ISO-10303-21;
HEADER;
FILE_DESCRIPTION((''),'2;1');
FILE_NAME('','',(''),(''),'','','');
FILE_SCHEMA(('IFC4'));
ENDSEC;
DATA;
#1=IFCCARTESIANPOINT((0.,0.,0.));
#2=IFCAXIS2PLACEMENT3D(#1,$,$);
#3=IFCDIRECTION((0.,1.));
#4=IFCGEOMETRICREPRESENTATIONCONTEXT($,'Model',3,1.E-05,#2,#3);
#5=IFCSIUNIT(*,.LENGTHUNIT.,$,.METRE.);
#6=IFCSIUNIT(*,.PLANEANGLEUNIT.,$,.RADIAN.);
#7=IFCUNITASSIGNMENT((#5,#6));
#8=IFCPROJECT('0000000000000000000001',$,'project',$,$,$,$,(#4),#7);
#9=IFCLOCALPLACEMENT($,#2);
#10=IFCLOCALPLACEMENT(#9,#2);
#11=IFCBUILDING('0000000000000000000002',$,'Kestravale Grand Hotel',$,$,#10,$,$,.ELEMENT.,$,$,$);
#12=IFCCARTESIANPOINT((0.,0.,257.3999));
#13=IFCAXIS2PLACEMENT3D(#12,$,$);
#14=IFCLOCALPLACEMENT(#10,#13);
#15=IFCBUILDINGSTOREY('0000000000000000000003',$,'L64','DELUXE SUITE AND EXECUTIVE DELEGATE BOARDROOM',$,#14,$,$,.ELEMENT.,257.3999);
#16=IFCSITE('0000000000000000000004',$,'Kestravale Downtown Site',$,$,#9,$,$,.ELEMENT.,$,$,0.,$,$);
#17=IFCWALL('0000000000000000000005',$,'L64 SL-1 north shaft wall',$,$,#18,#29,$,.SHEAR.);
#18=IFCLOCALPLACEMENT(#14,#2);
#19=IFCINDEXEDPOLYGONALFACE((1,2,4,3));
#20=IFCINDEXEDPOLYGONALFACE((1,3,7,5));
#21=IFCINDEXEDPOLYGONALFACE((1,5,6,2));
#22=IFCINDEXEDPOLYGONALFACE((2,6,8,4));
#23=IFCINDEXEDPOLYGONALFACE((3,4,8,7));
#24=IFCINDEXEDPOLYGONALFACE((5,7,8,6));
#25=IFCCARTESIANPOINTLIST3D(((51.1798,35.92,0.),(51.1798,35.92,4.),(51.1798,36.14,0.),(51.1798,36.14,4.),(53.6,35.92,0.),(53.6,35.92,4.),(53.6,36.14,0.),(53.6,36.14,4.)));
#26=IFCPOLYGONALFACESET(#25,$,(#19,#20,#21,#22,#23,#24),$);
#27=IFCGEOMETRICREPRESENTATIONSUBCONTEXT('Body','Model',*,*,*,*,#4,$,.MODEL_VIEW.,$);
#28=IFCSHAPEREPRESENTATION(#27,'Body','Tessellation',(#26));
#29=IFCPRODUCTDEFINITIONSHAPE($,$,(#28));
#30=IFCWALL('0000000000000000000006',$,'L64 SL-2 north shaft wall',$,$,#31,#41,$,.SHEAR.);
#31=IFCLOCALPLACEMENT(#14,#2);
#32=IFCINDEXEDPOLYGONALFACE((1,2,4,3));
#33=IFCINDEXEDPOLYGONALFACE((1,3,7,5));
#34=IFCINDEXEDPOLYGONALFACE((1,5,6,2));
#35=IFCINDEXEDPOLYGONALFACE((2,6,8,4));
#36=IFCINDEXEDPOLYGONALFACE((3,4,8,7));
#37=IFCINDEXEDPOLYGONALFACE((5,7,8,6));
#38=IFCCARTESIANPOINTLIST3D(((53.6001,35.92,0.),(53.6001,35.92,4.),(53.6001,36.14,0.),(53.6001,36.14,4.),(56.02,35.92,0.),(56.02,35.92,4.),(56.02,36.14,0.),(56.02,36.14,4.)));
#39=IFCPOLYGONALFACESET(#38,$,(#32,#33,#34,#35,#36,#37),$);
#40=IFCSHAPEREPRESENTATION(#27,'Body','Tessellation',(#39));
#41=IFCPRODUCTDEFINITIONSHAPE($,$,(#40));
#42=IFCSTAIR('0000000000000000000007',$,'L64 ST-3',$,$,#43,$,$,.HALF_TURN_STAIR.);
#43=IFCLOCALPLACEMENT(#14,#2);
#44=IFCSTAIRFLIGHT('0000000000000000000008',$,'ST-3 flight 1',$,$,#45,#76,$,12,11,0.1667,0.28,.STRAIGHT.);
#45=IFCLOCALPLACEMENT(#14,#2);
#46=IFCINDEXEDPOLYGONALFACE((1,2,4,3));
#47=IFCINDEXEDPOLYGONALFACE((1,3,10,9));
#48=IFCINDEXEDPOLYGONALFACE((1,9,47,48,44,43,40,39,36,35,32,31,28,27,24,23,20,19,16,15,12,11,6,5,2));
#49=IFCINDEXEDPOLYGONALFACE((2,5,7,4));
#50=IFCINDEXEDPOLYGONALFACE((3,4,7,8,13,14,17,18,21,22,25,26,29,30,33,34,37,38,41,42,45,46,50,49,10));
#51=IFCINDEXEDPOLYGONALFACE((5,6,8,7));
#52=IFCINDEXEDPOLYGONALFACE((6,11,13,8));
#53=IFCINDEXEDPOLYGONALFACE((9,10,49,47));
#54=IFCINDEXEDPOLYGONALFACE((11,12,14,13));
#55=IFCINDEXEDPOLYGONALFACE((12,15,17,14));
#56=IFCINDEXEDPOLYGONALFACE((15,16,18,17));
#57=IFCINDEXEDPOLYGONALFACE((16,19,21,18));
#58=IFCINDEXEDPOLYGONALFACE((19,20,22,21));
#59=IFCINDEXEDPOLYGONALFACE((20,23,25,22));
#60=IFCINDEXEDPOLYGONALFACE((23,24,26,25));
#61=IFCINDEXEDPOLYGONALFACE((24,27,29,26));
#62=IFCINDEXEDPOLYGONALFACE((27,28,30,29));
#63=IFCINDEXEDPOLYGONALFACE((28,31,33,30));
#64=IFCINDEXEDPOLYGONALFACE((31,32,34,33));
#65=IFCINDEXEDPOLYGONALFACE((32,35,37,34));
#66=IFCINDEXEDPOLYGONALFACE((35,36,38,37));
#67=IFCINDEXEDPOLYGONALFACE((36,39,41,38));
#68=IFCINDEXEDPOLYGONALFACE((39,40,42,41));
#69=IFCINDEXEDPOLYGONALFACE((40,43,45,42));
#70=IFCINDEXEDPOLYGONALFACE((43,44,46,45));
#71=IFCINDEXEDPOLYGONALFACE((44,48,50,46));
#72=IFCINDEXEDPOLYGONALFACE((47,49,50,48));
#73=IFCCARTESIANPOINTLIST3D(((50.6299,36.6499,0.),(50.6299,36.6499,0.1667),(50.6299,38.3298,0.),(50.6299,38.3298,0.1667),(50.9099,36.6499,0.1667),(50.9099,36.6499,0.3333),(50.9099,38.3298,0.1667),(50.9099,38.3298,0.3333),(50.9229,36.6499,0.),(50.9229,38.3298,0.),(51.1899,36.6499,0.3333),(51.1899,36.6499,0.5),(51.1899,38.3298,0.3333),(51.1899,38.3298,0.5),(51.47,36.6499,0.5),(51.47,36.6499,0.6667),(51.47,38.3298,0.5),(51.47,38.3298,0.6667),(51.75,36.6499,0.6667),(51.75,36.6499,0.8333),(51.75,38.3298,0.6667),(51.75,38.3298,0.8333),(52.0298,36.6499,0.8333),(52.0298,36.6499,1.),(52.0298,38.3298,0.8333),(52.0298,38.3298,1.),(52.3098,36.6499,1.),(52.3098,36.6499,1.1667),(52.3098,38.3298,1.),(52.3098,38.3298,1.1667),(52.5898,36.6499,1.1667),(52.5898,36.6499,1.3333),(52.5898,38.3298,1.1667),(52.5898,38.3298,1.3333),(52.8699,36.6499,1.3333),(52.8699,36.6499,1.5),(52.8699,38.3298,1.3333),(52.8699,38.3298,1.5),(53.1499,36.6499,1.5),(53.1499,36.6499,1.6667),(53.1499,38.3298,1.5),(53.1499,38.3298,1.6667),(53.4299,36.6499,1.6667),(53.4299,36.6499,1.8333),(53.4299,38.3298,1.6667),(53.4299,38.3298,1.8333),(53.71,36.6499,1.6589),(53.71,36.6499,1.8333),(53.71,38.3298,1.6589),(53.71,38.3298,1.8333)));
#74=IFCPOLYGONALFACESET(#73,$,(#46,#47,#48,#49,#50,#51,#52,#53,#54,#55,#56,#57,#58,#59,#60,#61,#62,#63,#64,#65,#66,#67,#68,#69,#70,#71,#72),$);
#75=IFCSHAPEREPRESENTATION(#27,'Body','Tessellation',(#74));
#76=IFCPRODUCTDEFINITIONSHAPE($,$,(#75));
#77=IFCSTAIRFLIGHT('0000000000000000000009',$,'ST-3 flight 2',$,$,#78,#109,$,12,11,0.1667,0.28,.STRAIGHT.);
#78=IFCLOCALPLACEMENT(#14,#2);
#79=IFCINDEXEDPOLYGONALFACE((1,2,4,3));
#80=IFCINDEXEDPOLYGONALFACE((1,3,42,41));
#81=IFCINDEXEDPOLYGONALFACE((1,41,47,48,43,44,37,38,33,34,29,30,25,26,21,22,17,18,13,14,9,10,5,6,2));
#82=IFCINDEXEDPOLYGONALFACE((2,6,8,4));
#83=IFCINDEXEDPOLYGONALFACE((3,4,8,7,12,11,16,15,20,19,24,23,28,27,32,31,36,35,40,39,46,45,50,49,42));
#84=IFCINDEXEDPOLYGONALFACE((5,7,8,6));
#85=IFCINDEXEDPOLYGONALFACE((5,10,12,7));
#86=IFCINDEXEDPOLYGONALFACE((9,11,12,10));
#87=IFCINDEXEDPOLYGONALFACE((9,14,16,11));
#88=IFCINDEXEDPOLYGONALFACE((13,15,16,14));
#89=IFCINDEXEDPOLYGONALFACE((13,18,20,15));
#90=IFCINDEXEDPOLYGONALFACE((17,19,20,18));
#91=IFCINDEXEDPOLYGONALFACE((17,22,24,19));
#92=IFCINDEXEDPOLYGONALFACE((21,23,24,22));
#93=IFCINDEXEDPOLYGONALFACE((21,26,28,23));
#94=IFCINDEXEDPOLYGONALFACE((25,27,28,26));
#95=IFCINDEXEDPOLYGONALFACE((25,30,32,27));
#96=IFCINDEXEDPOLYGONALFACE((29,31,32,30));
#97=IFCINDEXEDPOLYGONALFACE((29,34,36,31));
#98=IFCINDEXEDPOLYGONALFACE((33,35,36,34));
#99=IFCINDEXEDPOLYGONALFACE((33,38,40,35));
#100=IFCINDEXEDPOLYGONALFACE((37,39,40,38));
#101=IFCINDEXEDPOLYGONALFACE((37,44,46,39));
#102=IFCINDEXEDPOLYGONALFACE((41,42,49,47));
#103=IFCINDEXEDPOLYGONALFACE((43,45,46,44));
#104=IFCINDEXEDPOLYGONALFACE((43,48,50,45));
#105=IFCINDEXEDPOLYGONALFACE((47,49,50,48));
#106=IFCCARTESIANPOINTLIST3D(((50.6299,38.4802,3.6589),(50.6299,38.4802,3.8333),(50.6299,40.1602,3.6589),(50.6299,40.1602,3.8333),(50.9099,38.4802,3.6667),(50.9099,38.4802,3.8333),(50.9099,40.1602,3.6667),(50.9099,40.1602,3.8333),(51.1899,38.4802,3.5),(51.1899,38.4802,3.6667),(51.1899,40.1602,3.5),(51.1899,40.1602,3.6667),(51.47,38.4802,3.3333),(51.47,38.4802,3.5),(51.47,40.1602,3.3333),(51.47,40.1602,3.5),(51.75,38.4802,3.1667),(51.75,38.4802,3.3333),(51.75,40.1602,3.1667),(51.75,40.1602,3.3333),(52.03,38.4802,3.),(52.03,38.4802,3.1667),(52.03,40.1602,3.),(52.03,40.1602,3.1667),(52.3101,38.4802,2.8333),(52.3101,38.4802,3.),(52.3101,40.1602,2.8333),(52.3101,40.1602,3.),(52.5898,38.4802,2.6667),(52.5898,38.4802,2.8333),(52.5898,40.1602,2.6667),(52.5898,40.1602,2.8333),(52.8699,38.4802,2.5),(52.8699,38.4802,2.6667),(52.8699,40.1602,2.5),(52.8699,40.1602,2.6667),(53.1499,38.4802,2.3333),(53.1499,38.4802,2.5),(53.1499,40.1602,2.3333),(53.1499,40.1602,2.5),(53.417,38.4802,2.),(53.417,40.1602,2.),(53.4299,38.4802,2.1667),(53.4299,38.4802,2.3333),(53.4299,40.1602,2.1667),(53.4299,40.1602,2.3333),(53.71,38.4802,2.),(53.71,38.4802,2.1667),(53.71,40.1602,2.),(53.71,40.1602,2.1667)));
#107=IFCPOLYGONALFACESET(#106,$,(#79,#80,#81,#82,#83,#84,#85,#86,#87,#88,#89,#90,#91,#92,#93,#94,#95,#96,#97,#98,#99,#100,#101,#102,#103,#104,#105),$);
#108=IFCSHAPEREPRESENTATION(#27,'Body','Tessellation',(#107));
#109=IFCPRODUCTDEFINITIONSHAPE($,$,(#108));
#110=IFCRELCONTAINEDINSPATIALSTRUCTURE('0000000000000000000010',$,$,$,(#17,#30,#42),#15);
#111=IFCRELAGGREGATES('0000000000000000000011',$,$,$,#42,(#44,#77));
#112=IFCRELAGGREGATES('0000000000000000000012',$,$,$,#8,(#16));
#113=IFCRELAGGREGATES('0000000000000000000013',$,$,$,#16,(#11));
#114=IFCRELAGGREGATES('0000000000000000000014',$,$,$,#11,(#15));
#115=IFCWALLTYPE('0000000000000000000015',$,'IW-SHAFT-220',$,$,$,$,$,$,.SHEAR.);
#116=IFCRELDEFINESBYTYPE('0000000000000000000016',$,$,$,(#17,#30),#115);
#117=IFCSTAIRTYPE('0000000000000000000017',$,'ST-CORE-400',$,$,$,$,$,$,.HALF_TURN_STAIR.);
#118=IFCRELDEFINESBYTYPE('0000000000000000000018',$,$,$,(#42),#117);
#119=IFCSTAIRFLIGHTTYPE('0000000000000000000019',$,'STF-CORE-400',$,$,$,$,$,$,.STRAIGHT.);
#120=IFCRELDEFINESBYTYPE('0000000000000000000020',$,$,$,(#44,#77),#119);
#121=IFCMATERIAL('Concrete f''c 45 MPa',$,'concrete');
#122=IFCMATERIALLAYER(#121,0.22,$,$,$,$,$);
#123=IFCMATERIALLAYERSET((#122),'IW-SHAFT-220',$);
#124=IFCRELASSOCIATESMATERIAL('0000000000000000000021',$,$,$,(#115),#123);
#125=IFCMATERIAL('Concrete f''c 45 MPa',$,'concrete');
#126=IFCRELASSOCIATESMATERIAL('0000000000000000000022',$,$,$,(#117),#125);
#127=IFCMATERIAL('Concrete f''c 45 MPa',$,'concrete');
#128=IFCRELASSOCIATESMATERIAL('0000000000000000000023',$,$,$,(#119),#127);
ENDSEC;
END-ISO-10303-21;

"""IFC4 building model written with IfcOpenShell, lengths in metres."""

from ifc_helpers import new_model, si_unit, direction, frame, frame_2d, origin, place, context, subcontext, project, spatial, polyline, rectangle, outline, extrude, material, layer, layer_set, type_object, element, aggregate, save


model = new_model("IFC4")

# Units and contexts
model_context = context("Model", 3, precision=1e-05, world=origin(), true_north=direction((0.0, 1.0)))
body_context = subcontext(model_context, "Body", "Model", "MODEL_VIEW")
ifc_project = project(units=[si_unit("LENGTHUNIT", "METRE"), si_unit("PLANEANGLEUNIT", "RADIAN")], contexts=[model_context])

# Site, building, storey
site_placement = place(None, origin())
site = spatial("IfcSite", under=ifc_project, at=site_placement, Name="Kestravale Downtown Site", CompositionType="ELEMENT", RefElevation=0.0)
building_placement = place(site_placement, origin())
building = spatial("IfcBuilding", under=site, at=building_placement, Name="Kestravale Grand Hotel", CompositionType="ELEMENT")
storey_placement = place(building_placement, frame((0.0, 0.0, 257.3999)))
storey = spatial("IfcBuildingStorey", under=building, at=storey_placement, Name="L64", Description="DELUXE SUITE AND EXECUTIVE DELEGATE BOARDROOM", CompositionType="ELEMENT", Elevation=257.3999)

# Wall
ifc_material_1 = material(Name="Concrete f'c 45 MPa", Category="concrete")
ifc_layer_1 = layer(ifc_material_1, 0.22)
ifc_layer_set_1 = layer_set([ifc_layer_1], Name="IW-SHAFT-220")
wall_type_1 = type_object("IfcWallType", Name="IW-SHAFT-220", PredefinedType="SHEAR", material=ifc_layer_set_1)
wall_1_placement = place(storey_placement, frame((51.1799, 36.03, 0.0), z_axis=(0.0, 0.0, 1.0), x_axis=(1.0, 0.0, 0.0)))
element("IfcWall", 1, at=wall_1_placement, inside=storey, type_object=wall_type_1, Name="L64 SL-1 north shaft wall", PredefinedType="SHEAR", context=body_context, shape_type="SweptSolid", body=[
    extrude(rectangle(XDim=2.4202, YDim=0.22, at=frame_2d((1.21, 0.0))), origin(), (0.0, 0.0, 1.0), 4.0),
])

# Wall
wall_2_placement = place(storey_placement, frame((53.6001, 36.03, 0.0), z_axis=(0.0, 0.0, 1.0), x_axis=(1.0, 0.0, 0.0)))
element("IfcWall", 2, at=wall_2_placement, inside=storey, type_object=wall_type_1, Name="L64 SL-2 north shaft wall", PredefinedType="SHEAR", context=body_context, shape_type="SweptSolid", body=[
    extrude(rectangle(XDim=2.4199, YDim=0.22, at=frame_2d((1.21, 0.0))), origin(), (0.0, 0.0, 1.0), 4.0),
])

# Stair, stair flights
ifc_material_2 = material(Name="Concrete f'c 45 MPa", Category="concrete")
stair_type = type_object("IfcStairType", Name="ST-CORE-400", PredefinedType="HALF_TURN_STAIR", material=ifc_material_2)
stair_placement = place(storey_placement, origin())
stair = element("IfcStair", 3, at=stair_placement, inside=storey, type_object=stair_type, Name="L64 ST-3", PredefinedType="HALF_TURN_STAIR")
ifc_material_3 = material(Name="Concrete f'c 45 MPa", Category="concrete")
stair_flight_type = type_object("IfcStairFlightType", Name="STF-CORE-400", PredefinedType="STRAIGHT", material=ifc_material_3)
stair_flight_1_placement = place(storey_placement, frame((50.6299, 37.49, 0.0), z_axis=(0.0, 0.0, 1.0), x_axis=(1.0, 0.0, 0.0)))
stair_flight_1 = element("IfcStairFlight", 4, at=stair_flight_1_placement, type_object=stair_flight_type, Name="ST-3 flight 1", NumberOfRisers=12, NumberOfTreads=11, PredefinedType="STRAIGHT", RiserHeight=0.1667, TreadLength=0.28, context=body_context, shape_type="SweptSolid", body=[
    extrude(outline(polyline([(0.0, 0.0), (0.0, 0.1667), (0.28, 0.1667), (0.28, 0.3333), (0.5601, 0.3333), (0.5601, 0.5), (0.8401, 0.5), (0.8401, 0.6667), (1.1201, 0.6667), (1.1201, 0.8333), (1.3999, 0.8333), (1.3999, 1.0), (1.6799, 1.0), (1.6799, 1.1667), (1.96, 1.1667), (1.96, 1.3333), (2.24, 1.3333), (2.24, 1.5), (2.52, 1.5), (2.52, 1.6667), (2.8, 1.6667), (2.8, 1.8333), (3.0801, 1.8333), (3.0801, 2.0), (3.0801, 1.6589), (0.293, 0.0), (0.0, 0.0)])), frame((0.0, 0.8398, 0.0), z_axis=(0.0, -1.0, 0.0), x_axis=(1.0, 0.0, 0.0)), (0.0, 0.0, 1.0), 1.6799),
])
stair_flight_2_placement = place(storey_placement, frame((53.71, 39.3201, 2.0), z_axis=(0.0, 0.0, 1.0), x_axis=(-1.0, 0.0, 0.0)))
stair_flight_2 = element("IfcStairFlight", 5, at=stair_flight_2_placement, type_object=stair_flight_type, Name="ST-3 flight 2", NumberOfRisers=12, NumberOfTreads=11, PredefinedType="STRAIGHT", RiserHeight=0.1667, TreadLength=0.28, context=body_context, shape_type="SweptSolid", body=[
    extrude(outline(polyline([(0.0, 0.0), (0.0, 0.1667), (0.28, 0.1667), (0.28, 0.3333), (0.5601, 0.3333), (0.5601, 0.5), (0.8401, 0.5), (0.8401, 0.6667), (1.1201, 0.6667), (1.1201, 0.8333), (1.3999, 0.8333), (1.3999, 1.0), (1.6799, 1.0), (1.6799, 1.1667), (1.96, 1.1667), (1.96, 1.3333), (2.24, 1.3333), (2.24, 1.5), (2.52, 1.5), (2.52, 1.6667), (2.8, 1.6667), (2.8, 1.8333), (3.0801, 1.8333), (3.0801, 2.0), (3.0801, 1.6589), (0.293, 0.0), (0.0, 0.0)])), frame((0.0, 0.8398, 0.0), z_axis=(0.0, -1.0, 0.0), x_axis=(1.0, 0.0, 0.0)), (0.0, 0.0, 1.0), 1.6799),
])
aggregate(stair, [stair_flight_1, stair_flight_2])

save(model, "model.ifc")
